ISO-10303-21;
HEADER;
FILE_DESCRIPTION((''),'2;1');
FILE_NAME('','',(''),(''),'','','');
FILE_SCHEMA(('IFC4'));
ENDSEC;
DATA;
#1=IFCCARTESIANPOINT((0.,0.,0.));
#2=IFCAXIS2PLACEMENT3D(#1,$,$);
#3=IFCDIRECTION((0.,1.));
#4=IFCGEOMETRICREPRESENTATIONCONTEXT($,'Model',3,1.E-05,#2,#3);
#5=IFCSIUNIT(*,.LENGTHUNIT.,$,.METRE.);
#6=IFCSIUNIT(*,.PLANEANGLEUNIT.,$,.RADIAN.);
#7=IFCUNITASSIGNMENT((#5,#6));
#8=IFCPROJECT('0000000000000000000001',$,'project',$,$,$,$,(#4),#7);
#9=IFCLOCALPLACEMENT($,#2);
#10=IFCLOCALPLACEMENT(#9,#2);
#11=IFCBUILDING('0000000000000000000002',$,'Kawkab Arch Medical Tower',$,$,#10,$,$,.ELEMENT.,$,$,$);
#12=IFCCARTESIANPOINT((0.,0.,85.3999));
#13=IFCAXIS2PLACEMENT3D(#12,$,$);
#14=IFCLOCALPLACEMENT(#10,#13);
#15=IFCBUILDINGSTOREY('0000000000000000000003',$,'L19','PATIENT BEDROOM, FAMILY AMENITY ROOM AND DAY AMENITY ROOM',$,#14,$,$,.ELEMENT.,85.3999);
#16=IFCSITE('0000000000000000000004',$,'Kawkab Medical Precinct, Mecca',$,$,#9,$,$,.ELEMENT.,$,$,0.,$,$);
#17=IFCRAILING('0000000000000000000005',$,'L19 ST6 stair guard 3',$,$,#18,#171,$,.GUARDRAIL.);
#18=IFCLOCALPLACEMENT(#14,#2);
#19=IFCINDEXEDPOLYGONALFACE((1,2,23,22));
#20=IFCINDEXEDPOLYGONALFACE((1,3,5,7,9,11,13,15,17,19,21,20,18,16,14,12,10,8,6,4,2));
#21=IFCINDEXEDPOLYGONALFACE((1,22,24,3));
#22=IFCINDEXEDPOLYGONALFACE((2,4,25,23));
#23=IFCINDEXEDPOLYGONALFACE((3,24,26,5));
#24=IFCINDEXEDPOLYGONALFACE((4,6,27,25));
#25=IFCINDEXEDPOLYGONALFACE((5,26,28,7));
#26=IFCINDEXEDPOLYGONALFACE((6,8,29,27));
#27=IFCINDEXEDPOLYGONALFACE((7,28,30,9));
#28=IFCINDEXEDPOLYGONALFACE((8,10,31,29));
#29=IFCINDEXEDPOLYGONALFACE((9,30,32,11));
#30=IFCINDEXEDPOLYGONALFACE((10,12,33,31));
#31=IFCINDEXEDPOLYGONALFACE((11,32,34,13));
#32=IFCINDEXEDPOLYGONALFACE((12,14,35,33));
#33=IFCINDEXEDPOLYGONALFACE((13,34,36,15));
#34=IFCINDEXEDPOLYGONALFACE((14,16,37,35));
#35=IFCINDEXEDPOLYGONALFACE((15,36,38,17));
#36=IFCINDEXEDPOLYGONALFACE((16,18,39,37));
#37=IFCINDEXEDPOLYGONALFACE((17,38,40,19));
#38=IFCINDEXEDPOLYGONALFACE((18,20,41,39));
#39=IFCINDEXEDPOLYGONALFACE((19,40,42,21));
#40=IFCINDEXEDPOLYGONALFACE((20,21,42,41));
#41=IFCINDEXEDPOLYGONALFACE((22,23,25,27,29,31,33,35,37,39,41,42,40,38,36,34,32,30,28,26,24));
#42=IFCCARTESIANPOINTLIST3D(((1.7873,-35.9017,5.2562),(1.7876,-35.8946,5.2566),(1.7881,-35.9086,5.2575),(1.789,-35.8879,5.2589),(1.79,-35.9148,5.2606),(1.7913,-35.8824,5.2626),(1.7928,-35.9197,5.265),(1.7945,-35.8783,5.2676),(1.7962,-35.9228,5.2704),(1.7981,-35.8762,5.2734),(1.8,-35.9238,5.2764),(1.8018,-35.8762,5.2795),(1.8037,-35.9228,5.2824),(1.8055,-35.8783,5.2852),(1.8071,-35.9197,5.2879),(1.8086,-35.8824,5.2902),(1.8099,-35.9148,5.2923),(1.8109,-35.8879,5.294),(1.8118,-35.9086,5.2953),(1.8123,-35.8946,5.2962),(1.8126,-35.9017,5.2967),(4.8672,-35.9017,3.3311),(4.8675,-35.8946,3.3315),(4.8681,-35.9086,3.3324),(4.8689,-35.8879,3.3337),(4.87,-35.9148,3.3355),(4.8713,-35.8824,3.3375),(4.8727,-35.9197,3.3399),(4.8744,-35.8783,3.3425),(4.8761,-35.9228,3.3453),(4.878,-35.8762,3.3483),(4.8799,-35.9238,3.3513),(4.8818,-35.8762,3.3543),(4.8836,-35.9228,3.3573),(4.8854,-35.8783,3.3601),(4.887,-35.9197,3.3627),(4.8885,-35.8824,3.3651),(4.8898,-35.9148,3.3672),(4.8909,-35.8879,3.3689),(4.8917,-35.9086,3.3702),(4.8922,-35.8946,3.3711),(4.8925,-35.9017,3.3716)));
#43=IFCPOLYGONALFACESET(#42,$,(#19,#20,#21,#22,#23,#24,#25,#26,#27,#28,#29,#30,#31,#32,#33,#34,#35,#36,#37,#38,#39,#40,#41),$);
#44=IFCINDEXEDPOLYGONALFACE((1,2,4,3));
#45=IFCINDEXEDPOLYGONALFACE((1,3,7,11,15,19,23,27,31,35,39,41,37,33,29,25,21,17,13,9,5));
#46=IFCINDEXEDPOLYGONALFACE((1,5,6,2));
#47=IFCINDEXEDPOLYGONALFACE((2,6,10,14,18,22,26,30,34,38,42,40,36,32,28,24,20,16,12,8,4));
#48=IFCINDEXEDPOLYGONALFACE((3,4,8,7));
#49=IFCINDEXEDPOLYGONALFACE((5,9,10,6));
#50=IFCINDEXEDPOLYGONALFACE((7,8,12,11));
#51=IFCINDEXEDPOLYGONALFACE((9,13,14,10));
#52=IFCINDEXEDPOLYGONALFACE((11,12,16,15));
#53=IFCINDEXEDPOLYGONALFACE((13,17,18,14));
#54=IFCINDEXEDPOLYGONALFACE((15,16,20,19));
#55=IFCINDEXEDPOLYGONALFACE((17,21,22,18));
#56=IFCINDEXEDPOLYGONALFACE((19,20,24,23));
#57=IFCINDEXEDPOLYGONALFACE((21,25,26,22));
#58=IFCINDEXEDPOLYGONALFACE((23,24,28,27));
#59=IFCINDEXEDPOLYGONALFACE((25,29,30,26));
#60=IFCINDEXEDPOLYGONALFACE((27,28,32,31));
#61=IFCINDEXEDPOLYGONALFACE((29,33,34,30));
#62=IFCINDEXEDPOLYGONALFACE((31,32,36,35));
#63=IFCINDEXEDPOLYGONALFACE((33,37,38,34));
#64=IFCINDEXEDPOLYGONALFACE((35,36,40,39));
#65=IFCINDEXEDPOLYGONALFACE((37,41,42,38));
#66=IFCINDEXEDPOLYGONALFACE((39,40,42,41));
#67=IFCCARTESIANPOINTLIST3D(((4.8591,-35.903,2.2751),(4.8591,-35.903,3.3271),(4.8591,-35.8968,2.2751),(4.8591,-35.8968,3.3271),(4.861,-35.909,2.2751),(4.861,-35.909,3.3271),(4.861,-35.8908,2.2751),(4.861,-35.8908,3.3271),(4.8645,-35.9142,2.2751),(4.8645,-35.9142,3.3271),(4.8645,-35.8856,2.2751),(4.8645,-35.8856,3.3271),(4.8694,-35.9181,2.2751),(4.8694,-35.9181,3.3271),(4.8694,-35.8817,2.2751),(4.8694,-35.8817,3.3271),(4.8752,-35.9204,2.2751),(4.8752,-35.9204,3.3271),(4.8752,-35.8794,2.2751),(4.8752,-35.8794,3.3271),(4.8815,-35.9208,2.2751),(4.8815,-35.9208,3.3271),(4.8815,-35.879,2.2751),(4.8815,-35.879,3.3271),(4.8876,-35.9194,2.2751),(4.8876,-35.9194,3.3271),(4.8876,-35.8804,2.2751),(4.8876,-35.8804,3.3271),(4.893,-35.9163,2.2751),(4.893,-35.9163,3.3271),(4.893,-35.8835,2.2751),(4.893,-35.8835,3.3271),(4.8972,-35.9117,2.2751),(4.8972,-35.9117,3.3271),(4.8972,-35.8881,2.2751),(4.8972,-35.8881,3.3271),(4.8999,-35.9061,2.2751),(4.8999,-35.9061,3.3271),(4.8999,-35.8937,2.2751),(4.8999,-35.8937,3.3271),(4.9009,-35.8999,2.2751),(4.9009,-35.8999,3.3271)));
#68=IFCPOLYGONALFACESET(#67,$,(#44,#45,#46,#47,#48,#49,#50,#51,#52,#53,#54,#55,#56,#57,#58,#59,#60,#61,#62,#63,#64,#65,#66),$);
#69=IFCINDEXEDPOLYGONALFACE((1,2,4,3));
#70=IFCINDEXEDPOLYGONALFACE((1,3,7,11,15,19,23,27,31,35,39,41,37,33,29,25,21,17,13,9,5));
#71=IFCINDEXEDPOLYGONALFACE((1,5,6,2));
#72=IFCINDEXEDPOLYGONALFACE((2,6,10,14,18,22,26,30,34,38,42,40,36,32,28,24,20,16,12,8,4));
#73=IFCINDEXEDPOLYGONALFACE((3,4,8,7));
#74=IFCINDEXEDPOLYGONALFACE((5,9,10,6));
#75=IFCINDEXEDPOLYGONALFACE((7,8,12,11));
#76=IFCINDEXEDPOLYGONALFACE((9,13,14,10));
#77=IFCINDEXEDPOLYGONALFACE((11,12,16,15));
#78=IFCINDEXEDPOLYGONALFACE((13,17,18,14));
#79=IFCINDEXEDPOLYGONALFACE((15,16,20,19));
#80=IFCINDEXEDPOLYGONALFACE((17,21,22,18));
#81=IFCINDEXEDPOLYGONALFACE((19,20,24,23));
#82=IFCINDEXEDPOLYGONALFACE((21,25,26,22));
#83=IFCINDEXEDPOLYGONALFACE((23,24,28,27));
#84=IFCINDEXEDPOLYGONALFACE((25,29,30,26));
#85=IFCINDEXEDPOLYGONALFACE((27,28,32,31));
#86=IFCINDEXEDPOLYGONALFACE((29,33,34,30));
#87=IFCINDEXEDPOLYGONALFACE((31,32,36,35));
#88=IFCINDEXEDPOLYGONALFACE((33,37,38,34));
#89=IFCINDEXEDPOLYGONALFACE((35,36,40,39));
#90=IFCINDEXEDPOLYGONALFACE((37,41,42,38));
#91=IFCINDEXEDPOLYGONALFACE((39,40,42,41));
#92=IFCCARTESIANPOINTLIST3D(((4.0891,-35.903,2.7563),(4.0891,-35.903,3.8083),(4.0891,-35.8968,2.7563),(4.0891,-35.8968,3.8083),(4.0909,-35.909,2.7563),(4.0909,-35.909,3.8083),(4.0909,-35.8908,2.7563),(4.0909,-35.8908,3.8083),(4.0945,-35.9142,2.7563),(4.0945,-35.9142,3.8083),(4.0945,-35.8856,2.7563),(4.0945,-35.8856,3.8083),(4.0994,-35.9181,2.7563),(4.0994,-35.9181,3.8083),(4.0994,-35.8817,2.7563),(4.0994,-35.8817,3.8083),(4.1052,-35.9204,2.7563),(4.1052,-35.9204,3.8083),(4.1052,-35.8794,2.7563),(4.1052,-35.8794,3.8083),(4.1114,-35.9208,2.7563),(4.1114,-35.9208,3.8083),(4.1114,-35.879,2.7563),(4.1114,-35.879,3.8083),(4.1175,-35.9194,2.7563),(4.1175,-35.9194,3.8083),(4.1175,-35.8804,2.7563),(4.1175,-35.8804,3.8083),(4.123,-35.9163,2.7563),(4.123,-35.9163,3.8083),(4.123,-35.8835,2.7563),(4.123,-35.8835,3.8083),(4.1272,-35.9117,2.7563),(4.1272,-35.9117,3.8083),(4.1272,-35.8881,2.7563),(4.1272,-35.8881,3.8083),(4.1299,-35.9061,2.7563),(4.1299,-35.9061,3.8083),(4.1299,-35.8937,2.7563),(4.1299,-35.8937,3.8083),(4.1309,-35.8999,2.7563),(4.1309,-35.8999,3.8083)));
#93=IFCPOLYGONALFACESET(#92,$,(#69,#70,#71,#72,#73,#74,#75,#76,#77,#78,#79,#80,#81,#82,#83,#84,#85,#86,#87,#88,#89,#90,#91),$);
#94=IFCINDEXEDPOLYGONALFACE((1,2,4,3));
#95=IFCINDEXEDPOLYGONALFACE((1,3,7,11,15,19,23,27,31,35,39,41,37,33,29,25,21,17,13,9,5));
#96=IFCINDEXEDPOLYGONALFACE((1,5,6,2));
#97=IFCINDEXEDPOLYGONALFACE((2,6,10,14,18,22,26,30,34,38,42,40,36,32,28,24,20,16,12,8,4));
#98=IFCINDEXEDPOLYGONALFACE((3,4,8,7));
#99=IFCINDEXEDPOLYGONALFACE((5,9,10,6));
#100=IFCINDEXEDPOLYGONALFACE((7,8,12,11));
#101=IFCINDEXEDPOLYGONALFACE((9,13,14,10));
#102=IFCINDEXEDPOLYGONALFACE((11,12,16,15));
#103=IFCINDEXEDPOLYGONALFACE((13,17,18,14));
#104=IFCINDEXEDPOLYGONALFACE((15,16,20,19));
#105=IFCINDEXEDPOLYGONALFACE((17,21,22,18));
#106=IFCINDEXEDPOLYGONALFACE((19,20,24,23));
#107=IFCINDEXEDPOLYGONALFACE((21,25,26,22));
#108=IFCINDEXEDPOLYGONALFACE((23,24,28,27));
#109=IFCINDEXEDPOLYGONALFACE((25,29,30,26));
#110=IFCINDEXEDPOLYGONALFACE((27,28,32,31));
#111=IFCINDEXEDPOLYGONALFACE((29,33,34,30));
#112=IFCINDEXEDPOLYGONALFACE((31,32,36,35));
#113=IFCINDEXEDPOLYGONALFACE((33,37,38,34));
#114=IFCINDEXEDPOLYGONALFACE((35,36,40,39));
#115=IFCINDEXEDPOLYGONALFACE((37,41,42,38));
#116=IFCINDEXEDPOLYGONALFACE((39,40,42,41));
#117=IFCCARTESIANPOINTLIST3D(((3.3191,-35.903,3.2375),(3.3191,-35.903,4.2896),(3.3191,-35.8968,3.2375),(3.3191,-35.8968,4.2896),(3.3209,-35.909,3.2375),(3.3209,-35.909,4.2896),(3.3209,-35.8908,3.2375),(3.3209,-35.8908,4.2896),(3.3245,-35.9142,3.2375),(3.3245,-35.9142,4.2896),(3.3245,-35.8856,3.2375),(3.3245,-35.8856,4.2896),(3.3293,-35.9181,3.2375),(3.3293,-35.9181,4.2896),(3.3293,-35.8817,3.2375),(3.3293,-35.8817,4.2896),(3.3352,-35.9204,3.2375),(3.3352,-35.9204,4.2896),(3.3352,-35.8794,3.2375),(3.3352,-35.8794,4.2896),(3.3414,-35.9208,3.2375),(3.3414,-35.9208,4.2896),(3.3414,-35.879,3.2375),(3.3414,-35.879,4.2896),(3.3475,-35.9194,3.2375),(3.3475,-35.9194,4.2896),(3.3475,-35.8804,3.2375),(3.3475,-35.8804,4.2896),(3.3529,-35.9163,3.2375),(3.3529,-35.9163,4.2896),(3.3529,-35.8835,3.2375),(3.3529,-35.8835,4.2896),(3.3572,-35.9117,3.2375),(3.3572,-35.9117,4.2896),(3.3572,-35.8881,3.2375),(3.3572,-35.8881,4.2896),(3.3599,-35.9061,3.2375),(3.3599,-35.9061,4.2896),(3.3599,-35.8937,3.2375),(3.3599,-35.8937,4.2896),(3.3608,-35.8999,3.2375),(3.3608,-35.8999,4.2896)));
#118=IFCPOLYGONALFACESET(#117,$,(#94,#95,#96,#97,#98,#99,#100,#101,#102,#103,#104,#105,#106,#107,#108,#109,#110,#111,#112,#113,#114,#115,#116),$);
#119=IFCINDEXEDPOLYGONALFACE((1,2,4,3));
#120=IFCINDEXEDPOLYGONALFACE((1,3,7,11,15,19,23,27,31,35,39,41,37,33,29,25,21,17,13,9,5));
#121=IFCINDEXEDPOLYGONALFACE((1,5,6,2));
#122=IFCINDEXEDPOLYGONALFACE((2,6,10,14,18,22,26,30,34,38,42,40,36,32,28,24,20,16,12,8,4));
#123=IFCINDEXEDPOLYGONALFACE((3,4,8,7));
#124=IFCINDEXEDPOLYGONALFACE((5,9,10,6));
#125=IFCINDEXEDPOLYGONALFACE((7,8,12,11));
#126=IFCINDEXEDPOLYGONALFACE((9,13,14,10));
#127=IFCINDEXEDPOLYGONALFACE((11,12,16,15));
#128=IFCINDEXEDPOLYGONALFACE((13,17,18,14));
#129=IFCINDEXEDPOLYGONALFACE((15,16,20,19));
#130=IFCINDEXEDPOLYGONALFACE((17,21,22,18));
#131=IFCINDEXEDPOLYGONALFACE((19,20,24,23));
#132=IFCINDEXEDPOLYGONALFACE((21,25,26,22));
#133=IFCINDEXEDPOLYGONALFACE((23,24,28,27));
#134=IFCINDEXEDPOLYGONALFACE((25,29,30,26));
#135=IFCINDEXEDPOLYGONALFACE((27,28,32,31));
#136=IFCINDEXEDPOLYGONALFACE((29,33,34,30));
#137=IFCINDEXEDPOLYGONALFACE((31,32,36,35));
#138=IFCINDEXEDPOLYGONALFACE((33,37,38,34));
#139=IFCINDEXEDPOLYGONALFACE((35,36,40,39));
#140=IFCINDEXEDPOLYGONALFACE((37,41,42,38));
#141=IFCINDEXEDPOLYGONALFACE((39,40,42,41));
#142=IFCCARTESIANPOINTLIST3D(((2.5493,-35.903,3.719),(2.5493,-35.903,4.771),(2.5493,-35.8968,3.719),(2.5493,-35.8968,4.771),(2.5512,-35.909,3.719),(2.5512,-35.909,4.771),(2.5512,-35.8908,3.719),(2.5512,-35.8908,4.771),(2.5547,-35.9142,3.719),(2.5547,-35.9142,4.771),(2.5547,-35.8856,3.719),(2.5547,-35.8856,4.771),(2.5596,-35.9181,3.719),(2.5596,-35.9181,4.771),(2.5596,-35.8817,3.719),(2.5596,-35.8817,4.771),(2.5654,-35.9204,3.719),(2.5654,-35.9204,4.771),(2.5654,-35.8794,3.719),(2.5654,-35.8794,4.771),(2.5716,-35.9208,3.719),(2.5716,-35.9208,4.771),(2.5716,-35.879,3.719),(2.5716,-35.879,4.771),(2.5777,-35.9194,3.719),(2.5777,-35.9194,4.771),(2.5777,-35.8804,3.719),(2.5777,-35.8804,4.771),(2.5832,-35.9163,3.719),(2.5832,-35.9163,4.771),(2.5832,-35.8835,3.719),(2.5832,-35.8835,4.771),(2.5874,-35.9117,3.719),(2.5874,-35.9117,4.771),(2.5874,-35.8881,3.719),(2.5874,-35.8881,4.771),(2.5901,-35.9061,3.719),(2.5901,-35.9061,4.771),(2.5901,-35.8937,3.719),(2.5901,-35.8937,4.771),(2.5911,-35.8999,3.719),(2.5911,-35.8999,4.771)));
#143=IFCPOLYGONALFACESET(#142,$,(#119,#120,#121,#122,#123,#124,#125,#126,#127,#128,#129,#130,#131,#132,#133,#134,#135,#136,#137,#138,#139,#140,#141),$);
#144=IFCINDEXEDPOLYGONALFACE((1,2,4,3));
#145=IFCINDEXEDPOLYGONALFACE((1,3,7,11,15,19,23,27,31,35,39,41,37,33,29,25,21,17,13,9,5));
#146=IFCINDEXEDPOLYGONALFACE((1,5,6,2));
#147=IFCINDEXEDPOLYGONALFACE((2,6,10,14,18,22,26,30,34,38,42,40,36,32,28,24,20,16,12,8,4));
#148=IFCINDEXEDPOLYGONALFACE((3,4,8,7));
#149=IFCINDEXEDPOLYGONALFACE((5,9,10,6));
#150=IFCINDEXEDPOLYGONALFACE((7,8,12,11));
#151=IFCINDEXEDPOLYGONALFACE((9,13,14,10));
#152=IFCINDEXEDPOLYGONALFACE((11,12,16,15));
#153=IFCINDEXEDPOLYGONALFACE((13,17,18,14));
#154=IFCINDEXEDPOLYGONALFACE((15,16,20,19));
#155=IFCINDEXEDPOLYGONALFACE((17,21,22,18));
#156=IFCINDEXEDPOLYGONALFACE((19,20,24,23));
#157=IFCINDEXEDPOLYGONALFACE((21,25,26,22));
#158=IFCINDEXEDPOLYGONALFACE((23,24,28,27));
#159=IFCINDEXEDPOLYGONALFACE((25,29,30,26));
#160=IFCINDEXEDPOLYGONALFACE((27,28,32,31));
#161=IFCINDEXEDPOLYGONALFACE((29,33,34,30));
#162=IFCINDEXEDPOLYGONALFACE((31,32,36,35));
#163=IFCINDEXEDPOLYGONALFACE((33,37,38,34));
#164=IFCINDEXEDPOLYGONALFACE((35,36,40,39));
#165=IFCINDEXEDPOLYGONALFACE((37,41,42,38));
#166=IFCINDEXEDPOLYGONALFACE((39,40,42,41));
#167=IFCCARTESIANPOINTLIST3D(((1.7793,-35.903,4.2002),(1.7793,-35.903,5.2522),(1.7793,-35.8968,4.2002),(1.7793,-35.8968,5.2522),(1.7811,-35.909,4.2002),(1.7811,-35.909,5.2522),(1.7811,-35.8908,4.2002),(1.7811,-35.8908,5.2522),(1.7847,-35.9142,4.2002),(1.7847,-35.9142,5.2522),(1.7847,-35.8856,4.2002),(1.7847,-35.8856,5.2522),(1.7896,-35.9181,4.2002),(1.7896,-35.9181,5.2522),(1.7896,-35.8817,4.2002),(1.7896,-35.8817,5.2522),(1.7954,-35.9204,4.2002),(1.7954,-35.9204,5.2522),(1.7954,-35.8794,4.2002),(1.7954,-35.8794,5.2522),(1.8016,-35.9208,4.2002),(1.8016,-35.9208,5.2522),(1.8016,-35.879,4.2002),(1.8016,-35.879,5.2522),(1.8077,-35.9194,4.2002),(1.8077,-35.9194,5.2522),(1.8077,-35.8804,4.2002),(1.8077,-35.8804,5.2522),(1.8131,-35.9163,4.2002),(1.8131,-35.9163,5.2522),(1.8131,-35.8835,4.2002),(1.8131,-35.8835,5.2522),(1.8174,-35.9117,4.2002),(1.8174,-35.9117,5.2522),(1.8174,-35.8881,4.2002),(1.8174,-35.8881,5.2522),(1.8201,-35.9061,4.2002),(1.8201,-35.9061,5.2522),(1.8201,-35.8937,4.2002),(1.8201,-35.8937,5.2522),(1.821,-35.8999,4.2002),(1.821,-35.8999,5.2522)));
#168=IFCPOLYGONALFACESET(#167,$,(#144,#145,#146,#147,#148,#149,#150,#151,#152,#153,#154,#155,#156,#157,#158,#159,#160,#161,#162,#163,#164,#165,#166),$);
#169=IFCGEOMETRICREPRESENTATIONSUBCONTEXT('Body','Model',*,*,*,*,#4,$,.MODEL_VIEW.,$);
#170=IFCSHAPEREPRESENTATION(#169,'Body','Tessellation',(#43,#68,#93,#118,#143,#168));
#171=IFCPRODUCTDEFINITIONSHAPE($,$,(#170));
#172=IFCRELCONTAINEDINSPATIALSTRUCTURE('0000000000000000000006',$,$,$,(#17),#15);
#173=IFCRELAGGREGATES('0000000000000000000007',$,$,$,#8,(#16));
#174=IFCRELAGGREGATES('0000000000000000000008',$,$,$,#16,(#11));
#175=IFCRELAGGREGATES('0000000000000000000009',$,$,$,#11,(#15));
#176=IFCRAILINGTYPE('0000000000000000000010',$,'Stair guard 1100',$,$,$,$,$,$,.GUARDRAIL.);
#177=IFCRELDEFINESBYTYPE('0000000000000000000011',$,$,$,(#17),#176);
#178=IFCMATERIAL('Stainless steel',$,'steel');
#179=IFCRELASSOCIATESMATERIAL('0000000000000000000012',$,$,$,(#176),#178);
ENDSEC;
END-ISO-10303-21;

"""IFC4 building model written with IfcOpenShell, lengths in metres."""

from ifc_helpers import new_model, si_unit, direction, frame, origin, origin_2d, place, context, subcontext, project, spatial, circle, extrude, material, type_object, element, save


model = new_model("IFC4")

# Units and contexts
model_context = context("Model", 3, precision=1e-05, world=origin(), true_north=direction((0.0, 1.0)))
body_context = subcontext(model_context, "Body", "Model", "MODEL_VIEW")
ifc_project = project(units=[si_unit("LENGTHUNIT", "METRE"), si_unit("PLANEANGLEUNIT", "RADIAN")], contexts=[model_context])

# Site, building, storey
site_placement = place(None, origin())
site = spatial("IfcSite", under=ifc_project, at=site_placement, Name="Kawkab Medical Precinct, Mecca", CompositionType="ELEMENT", RefElevation=0.0)
building_placement = place(site_placement, origin())
building = spatial("IfcBuilding", under=site, at=building_placement, Name="Kawkab Arch Medical Tower", CompositionType="ELEMENT")
storey_placement = place(building_placement, frame((0.0, 0.0, 85.3999)))
storey = spatial("IfcBuildingStorey", under=building, at=storey_placement, Name="L19", Description="PATIENT BEDROOM, FAMILY AMENITY ROOM AND DAY AMENITY ROOM", CompositionType="ELEMENT", Elevation=85.3999)

# Railing
ifc_material_1 = material(Name="Stainless steel", Category="steel")
railing_type = type_object("IfcRailingType", Name="Stair guard 1100", PredefinedType="GUARDRAIL", material=ifc_material_1)
railing_1_placement = place(storey_placement, frame((4.8799, -35.8999, 2.2751)))
element("IfcRailing", 1, at=railing_1_placement, inside=storey, type_object=railing_type, Name="L19 ST6 stair guard 3", PredefinedType="GUARDRAIL", context=body_context, shape_type="SweptSolid", body=[
    extrude(circle(Radius=0.0239, at=origin_2d()), frame((0.0, 0.0, 1.0762), z_axis=(-0.847979, 0.0, 0.530029), x_axis=(0.0, -1.0, 0.0)), (0.0, 0.0, 1.0), 3.6321),
    extrude(circle(Radius=0.021, at=origin_2d()), origin(), (0.0, 0.0, 1.0), 1.052),
    extrude(circle(Radius=0.021, at=origin_2d()), frame((-0.77, 0.0, 0.4812)), (0.0, 0.0, 1.0), 1.052),
    extrude(circle(Radius=0.021, at=origin_2d()), frame((-1.54, 0.0, 0.9624)), (0.0, 0.0, 1.0), 1.052),
    extrude(circle(Radius=0.021, at=origin_2d()), frame((-2.3098, 0.0, 1.4438)), (0.0, 0.0, 1.0), 1.052),
    extrude(circle(Radius=0.021, at=origin_2d()), frame((-3.0798, 0.0, 1.925)), (0.0, 0.0, 1.0), 1.052),
])

save(model, "model.ifc")
